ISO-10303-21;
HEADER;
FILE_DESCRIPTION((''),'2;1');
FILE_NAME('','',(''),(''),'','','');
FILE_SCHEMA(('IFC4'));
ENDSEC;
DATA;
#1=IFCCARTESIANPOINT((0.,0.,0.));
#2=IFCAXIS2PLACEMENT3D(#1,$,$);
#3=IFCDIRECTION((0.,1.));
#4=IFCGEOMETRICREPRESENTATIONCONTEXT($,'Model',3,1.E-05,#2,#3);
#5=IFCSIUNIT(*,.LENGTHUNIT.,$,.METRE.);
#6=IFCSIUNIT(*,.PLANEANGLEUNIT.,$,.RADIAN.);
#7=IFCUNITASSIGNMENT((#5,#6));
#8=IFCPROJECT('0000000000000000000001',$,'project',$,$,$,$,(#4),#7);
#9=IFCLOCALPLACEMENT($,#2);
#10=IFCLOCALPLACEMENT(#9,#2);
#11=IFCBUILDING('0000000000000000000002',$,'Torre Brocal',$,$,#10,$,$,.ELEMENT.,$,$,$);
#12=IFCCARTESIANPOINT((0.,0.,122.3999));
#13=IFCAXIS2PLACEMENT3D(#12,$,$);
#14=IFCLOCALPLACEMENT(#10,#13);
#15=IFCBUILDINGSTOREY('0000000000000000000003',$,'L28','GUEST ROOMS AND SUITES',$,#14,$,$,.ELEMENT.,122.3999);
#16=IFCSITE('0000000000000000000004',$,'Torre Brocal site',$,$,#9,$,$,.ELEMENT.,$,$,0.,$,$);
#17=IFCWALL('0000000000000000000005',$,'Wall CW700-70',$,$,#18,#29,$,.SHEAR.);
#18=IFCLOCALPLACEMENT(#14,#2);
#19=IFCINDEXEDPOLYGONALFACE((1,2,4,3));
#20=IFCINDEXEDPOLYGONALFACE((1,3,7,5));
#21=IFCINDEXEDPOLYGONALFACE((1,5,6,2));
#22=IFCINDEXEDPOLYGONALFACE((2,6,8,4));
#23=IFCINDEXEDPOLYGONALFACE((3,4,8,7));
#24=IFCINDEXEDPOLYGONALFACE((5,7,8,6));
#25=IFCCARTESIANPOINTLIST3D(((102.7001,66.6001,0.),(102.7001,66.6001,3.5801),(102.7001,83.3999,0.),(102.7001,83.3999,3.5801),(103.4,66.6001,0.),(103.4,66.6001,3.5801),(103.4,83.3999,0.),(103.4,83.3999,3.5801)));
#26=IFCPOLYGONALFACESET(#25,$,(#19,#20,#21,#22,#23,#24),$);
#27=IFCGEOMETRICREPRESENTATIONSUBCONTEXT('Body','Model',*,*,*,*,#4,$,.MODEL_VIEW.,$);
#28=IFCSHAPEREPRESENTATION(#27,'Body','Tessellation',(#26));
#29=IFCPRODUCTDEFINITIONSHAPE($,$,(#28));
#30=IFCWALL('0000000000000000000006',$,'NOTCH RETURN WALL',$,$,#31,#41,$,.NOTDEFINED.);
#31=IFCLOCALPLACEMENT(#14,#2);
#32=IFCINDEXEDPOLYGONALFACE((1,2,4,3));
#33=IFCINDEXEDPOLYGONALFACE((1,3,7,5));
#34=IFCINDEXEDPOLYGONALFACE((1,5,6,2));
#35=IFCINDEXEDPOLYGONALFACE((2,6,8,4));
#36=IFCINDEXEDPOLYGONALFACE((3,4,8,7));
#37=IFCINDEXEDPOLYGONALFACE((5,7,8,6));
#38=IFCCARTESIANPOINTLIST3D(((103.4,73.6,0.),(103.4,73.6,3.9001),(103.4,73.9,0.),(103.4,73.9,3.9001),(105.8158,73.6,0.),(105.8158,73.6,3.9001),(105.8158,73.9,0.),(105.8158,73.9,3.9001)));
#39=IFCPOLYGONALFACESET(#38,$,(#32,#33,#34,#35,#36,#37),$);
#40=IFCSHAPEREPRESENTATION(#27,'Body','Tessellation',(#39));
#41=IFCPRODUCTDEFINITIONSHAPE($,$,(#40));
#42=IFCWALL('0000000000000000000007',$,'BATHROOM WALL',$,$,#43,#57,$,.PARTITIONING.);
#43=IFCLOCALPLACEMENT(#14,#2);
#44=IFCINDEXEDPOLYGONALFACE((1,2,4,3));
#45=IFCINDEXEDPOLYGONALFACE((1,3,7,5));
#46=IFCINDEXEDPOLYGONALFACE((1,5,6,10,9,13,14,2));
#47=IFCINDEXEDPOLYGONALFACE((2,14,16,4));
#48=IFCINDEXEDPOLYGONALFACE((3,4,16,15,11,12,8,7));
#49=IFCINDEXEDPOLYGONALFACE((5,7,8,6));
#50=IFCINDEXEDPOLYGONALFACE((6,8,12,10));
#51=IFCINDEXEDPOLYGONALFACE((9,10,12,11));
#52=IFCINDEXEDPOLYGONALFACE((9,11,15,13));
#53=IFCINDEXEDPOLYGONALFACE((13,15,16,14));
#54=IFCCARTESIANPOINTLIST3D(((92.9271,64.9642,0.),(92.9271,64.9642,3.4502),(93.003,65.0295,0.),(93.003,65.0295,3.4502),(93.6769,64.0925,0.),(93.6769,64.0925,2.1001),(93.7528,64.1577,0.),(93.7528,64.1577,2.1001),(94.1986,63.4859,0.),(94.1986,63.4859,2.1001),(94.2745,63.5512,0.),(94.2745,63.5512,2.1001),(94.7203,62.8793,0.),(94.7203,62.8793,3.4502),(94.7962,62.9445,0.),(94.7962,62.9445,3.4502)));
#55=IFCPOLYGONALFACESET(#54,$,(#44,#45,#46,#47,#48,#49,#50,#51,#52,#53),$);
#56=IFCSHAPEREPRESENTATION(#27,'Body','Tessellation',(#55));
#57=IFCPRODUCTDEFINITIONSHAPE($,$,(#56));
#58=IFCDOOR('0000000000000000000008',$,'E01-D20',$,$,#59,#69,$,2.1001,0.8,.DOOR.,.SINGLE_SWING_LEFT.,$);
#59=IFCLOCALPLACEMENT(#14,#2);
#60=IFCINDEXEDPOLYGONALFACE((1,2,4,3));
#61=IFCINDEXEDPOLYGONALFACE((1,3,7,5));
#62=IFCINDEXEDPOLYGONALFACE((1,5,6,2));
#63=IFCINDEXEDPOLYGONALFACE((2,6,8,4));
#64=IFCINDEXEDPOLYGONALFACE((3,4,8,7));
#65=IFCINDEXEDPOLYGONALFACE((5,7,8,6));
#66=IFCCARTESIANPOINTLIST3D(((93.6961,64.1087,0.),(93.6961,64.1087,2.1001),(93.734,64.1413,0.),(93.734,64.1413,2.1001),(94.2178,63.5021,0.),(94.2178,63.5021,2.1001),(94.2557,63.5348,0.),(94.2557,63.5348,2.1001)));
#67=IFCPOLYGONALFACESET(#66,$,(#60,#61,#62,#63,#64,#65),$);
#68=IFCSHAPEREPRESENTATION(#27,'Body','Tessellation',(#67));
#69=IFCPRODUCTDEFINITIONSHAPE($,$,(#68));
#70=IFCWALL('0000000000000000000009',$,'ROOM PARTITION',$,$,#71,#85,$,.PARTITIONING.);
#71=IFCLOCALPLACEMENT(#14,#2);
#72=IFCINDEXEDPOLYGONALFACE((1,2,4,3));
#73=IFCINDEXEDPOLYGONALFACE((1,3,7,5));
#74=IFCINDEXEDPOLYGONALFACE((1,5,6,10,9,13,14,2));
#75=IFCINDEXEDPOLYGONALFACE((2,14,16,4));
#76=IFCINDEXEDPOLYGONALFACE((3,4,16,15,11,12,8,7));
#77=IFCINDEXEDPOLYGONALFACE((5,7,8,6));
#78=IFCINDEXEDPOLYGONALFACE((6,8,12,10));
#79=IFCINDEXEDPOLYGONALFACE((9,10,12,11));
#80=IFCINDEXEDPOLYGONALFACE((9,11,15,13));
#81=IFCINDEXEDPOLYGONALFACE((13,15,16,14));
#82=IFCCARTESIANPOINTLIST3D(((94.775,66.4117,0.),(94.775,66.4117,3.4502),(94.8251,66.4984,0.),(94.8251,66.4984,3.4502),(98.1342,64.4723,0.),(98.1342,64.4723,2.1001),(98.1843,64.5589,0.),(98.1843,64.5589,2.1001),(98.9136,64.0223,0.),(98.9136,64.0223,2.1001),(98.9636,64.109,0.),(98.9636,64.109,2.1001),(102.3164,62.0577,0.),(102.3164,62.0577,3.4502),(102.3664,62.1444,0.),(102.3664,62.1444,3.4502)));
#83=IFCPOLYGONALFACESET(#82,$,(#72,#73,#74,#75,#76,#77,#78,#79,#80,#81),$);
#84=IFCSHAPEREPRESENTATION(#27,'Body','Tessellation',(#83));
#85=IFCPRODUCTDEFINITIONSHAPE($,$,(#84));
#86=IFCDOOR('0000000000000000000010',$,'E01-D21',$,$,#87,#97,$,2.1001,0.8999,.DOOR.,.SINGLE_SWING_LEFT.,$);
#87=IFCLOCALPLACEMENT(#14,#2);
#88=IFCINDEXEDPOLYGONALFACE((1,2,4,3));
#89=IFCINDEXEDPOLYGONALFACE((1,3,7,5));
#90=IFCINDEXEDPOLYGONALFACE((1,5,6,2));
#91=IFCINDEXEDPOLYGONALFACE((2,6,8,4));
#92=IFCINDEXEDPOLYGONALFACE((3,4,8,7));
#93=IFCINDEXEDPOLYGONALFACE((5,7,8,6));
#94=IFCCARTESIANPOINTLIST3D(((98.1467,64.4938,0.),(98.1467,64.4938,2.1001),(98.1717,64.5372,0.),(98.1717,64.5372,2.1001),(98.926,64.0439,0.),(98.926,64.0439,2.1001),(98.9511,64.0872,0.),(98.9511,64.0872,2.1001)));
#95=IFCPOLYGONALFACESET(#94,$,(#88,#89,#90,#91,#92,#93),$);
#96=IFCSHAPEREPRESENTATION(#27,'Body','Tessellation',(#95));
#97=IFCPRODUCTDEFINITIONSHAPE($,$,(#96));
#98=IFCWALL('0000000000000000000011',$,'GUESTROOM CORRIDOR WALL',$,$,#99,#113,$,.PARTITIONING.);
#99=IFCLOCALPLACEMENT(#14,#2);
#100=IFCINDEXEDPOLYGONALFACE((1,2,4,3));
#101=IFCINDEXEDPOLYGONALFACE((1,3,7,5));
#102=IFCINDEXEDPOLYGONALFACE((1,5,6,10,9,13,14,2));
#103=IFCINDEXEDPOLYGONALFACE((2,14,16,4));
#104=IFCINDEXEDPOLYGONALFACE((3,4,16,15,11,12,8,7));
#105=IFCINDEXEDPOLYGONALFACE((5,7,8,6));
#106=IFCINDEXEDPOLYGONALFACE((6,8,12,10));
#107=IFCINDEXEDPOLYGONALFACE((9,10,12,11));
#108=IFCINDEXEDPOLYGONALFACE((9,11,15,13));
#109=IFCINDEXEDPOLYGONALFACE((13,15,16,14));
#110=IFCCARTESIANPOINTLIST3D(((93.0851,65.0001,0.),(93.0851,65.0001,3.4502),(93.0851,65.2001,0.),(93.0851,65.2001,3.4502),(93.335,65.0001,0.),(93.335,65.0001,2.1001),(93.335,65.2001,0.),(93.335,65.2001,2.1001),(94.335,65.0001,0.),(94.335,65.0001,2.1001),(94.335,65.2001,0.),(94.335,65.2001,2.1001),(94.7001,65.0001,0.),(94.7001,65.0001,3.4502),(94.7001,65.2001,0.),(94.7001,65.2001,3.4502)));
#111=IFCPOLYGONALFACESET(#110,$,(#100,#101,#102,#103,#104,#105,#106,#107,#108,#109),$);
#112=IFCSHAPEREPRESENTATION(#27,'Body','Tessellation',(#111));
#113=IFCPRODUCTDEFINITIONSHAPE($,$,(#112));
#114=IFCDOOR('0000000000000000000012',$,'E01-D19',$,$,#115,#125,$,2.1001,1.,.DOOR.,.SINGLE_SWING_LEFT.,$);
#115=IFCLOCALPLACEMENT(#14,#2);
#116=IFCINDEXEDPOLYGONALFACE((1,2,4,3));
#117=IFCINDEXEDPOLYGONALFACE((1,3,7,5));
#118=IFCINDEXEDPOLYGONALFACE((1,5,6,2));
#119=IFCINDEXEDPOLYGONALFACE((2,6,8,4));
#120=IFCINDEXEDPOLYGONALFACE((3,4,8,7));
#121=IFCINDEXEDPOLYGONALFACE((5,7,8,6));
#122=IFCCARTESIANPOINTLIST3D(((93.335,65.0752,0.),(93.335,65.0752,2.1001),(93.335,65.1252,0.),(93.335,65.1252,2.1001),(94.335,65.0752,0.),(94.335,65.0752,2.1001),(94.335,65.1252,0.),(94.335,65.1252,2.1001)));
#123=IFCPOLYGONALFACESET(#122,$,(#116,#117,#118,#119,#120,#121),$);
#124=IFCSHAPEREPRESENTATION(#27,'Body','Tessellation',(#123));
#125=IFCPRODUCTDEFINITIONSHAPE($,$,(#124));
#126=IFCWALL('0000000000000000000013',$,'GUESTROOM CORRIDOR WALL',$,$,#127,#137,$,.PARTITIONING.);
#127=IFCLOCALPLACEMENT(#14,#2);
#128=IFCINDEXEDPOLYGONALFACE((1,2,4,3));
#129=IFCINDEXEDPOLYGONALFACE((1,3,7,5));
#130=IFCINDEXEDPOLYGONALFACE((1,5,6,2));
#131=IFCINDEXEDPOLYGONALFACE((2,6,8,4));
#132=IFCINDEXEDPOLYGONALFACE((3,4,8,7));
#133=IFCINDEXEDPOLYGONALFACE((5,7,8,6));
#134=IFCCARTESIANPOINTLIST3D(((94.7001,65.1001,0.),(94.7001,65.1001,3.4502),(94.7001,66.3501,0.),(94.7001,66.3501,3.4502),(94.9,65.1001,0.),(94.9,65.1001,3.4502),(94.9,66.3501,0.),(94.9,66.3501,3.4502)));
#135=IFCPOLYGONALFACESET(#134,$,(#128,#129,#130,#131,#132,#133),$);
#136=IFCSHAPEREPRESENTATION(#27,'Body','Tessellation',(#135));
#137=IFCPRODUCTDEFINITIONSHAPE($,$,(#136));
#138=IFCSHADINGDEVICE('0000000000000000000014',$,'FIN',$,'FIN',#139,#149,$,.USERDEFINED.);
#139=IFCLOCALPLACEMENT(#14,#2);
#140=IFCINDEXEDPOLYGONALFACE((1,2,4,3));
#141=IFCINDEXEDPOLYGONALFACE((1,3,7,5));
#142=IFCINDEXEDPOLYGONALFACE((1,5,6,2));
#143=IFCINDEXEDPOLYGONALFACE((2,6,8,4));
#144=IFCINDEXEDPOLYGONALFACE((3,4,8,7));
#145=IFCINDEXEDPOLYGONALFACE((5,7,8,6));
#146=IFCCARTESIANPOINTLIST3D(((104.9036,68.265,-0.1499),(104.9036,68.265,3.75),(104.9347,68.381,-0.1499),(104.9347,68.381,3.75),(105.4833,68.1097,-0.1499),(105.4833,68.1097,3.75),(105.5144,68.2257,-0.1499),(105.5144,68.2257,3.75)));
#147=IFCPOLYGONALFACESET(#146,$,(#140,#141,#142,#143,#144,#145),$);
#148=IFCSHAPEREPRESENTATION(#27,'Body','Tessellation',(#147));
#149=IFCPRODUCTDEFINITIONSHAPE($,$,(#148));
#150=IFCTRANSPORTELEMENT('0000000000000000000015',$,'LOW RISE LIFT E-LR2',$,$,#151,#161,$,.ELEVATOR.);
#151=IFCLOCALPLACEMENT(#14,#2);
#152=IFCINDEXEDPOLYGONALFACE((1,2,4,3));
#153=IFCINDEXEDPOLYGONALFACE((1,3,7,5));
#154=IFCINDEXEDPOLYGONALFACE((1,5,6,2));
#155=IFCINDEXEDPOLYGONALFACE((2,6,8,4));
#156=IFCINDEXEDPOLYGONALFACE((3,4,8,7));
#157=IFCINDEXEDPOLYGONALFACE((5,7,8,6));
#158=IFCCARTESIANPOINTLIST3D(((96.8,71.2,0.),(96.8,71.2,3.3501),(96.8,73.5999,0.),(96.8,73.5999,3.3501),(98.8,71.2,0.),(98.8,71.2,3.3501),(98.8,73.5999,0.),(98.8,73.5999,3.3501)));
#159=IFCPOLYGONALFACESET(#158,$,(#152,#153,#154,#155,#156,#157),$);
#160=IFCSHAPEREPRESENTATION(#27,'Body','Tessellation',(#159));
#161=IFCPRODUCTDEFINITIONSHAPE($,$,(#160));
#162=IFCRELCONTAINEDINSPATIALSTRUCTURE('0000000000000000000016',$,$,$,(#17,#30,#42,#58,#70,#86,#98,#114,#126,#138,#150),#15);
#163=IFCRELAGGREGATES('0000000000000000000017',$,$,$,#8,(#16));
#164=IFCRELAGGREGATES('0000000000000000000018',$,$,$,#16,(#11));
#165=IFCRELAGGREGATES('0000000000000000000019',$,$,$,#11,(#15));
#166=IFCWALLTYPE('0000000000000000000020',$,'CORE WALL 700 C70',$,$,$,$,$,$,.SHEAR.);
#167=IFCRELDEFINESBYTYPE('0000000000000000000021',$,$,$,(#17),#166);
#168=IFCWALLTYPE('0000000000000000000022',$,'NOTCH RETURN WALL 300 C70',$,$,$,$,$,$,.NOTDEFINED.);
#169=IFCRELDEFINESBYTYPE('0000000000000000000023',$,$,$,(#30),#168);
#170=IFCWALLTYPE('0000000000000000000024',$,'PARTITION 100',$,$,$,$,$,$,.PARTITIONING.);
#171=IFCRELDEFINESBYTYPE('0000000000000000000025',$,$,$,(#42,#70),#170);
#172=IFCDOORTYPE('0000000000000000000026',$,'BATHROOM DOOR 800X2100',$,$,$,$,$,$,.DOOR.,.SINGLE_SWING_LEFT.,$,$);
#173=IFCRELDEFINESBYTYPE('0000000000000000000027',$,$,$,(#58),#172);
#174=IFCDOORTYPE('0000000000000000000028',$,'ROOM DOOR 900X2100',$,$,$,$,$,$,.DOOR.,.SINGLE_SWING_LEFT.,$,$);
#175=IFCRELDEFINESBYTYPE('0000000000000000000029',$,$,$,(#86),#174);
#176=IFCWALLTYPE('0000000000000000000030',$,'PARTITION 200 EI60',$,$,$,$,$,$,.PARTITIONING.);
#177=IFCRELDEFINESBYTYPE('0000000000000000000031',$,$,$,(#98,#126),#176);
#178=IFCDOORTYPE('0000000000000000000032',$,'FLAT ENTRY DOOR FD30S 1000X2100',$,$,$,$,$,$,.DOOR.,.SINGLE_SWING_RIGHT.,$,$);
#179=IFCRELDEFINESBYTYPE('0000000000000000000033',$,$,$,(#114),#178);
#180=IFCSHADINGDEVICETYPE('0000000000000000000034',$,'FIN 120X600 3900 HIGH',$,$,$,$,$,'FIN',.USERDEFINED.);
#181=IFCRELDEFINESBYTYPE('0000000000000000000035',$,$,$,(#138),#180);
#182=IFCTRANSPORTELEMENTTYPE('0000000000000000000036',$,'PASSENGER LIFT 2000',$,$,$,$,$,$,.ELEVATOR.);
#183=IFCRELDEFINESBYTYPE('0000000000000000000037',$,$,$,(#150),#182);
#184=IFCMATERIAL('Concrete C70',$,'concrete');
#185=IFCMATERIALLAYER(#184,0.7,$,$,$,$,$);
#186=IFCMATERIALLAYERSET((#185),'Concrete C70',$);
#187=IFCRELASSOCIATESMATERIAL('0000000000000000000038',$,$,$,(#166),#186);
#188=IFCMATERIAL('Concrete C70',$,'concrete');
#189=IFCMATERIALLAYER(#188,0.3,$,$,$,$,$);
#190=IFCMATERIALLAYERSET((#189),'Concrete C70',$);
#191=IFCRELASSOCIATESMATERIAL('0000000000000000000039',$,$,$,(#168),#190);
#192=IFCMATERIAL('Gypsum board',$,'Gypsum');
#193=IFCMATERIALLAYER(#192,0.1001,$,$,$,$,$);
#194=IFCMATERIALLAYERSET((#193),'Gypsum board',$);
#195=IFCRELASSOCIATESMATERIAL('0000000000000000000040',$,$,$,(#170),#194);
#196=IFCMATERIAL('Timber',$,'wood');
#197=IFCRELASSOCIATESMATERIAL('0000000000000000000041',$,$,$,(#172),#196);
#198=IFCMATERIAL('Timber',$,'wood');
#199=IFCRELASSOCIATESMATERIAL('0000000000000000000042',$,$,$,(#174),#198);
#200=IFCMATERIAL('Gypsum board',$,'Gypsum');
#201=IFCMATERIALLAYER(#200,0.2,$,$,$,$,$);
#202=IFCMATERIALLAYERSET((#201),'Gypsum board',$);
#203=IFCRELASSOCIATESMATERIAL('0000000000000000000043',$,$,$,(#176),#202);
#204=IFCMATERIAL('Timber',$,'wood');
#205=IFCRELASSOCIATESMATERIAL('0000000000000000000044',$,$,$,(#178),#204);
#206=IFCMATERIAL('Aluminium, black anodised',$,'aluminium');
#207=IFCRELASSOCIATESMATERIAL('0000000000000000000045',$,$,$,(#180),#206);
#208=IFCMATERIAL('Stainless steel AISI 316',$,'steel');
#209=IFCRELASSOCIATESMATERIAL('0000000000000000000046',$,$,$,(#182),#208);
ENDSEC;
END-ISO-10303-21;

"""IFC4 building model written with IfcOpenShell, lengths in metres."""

from ifc_helpers import new_model, si_unit, direction, frame, frame_2d, origin, origin_2d, place, context, subcontext, project, spatial, rectangle, extrude, material, layer, layer_set, material_profile, profile_set, type_object, element, fill, save


model = new_model("IFC4")

# Units and contexts
model_context = context("Model", 3, precision=1e-05, world=origin(), true_north=direction((0.0, 1.0)))
body_context = subcontext(model_context, "Body", "Model", "MODEL_VIEW")
ifc_project = project(units=[si_unit("LENGTHUNIT", "METRE"), si_unit("PLANEANGLEUNIT", "RADIAN")], contexts=[model_context])

# Site, building, storey
site_placement = place(None, origin())
site = spatial("IfcSite", under=ifc_project, at=site_placement, Name="Torre Brocal site", CompositionType="ELEMENT", RefElevation=0.0)
building_placement = place(site_placement, origin())
building = spatial("IfcBuilding", under=site, at=building_placement, Name="Torre Brocal", CompositionType="ELEMENT")
storey_placement = place(building_placement, frame((0.0, 0.0, 122.3999)))
storey = spatial("IfcBuildingStorey", under=building, at=storey_placement, Name="L28", Description="GUEST ROOMS AND SUITES", CompositionType="ELEMENT", Elevation=122.3999)

# Walls
ifc_material_1 = material(Name="Concrete C70", Category="concrete")
ifc_layer_1 = layer(ifc_material_1, 0.7)
ifc_layer_set_1 = layer_set([ifc_layer_1], Name="Concrete C70")
wall_type_1 = type_object("IfcWallType", Name="CORE WALL 700 C70", PredefinedType="SHEAR", material=ifc_layer_set_1)
wall_1_placement = place(storey_placement, frame((103.05, 66.6001, 0.0), z_axis=(0.0, 0.0, 1.0), x_axis=(0.0, 1.0, 0.0)))
element("IfcWall", 1, at=wall_1_placement, inside=storey, type_object=wall_type_1, Name="Wall CW700-70", PredefinedType="SHEAR", context=body_context, shape_type="SweptSolid", body=[
    extrude(rectangle(XDim=16.7998, YDim=0.7, at=frame_2d((8.3999, 0.0))), origin(), (0.0, 0.0, 1.0), 3.5801),
])
ifc_material_2 = material(Name="Concrete C70", Category="concrete")
ifc_layer_2 = layer(ifc_material_2, 0.3)
ifc_layer_set_2 = layer_set([ifc_layer_2], Name="Concrete C70")
wall_type_2 = type_object("IfcWallType", Name="NOTCH RETURN WALL 300 C70", PredefinedType="NOTDEFINED", material=ifc_layer_set_2)
wall_2_placement = place(storey_placement, frame((103.3999, 73.75, 0.0), z_axis=(0.0, 0.0, 1.0), x_axis=(1.0, 0.0, 0.0)))
element("IfcWall", 2, at=wall_2_placement, inside=storey, type_object=wall_type_2, Name="NOTCH RETURN WALL", PredefinedType="NOTDEFINED", context=body_context, shape_type="SweptSolid", body=[
    extrude(rectangle(XDim=2.4158, YDim=0.3, at=frame_2d((1.208, 0.0))), origin(), (0.0, 0.0, 1.0), 3.9001),
])

# Walls, openings, doors
ifc_material_3 = material(Name="Gypsum board", Category="Gypsum")
ifc_layer_3 = layer(ifc_material_3, 0.1001)
ifc_layer_set_3 = layer_set([ifc_layer_3], Name="Gypsum board")
wall_type_3 = type_object("IfcWallType", Name="PARTITION 100", PredefinedType="PARTITIONING", material=ifc_layer_set_3)
wall_3_placement = place(storey_placement, frame((92.9651, 64.9968, 0.0), z_axis=(0.0, 0.0, 1.0), x_axis=(0.65207, -0.758159, 0.0)))
wall_3 = element("IfcWall", 3, at=wall_3_placement, inside=storey, type_object=wall_type_3, Name="BATHROOM WALL", PredefinedType="PARTITIONING", context=body_context, shape_type="SweptSolid", body=[
    extrude(rectangle(XDim=2.75, YDim=0.1001, at=frame_2d((1.375, 0.0))), origin(), (0.0, 0.0, 1.0), 3.4502),
])
opening_1_placement = place(wall_3_placement, frame((1.1499, 0.0, 0.0)))
opening_1 = element("IfcOpeningElement", 4, at=opening_1_placement, cuts=wall_3, PredefinedType="OPENING", context=body_context, shape_type="SweptSolid", body=[
    extrude(rectangle(XDim=0.8, YDim=2.1001, at=frame_2d((0.3999, 1.05))), frame((0.0, 0.0601, 0.0), z_axis=(0.0, -1.0, 0.0), x_axis=(1.0, 0.0, 0.0)), (0.0, 0.0, 1.0), 0.1201),
])
ifc_material_4 = material(Name="Timber", Category="wood")
door_type_1 = type_object("IfcDoorType", Name="BATHROOM DOOR 800X2100", OperationType="SINGLE_SWING_LEFT", PredefinedType="DOOR", material=ifc_material_4)
door_1_placement = place(opening_1_placement, frame((0.8, 0.0, 0.0), z_axis=(0.0, 0.0, 1.0), x_axis=(-1.0, 0.0, 0.0)))
door_1 = element("IfcDoor", 5, at=door_1_placement, inside=storey, type_object=door_type_1, Name="E01-D20", OperationType="SINGLE_SWING_LEFT", OverallHeight=2.1001, OverallWidth=0.8, PredefinedType="DOOR", context=body_context, shape_type="SweptSolid", body=[
    extrude(rectangle(XDim=0.8, YDim=2.1001, at=frame_2d((0.3999, 1.05))), frame((0.0, 0.0249, 0.0), z_axis=(0.0, -1.0, 0.0), x_axis=(1.0, 0.0, 0.0)), (0.0, 0.0, 1.0), 0.05),
])
fill(opening_1, door_1)
wall_4_placement = place(storey_placement, frame((94.8, 66.4551, 0.0), z_axis=(0.0, 0.0, 1.0), x_axis=(0.866023, -0.500005, 0.0)))
wall_4 = element("IfcWall", 6, at=wall_4_placement, inside=storey, type_object=wall_type_3, Name="ROOM PARTITION", PredefinedType="PARTITIONING", context=body_context, shape_type="SweptSolid", body=[
    extrude(rectangle(XDim=8.708, YDim=0.1001, at=frame_2d((4.354, 0.0))), origin(), (0.0, 0.0, 1.0), 3.4502),
])
opening_2_placement = place(wall_4_placement, frame((3.8789, 0.0, 0.0)))
opening_2 = element("IfcOpeningElement", 7, at=opening_2_placement, cuts=wall_4, PredefinedType="OPENING", context=body_context, shape_type="SweptSolid", body=[
    extrude(rectangle(XDim=0.8999, YDim=2.1001, at=frame_2d((0.45, 1.05))), frame((0.0, 0.0601, 0.0), z_axis=(0.0, -1.0, 0.0), x_axis=(1.0, 0.0, 0.0)), (0.0, 0.0, 1.0), 0.1201),
])
ifc_material_5 = material(Name="Timber", Category="wood")
door_type_2 = type_object("IfcDoorType", Name="ROOM DOOR 900X2100", OperationType="SINGLE_SWING_LEFT", PredefinedType="DOOR", material=ifc_material_5)
door_2_placement = place(opening_2_placement, origin())
door_2 = element("IfcDoor", 8, at=door_2_placement, inside=storey, type_object=door_type_2, Name="E01-D21", OperationType="SINGLE_SWING_LEFT", OverallHeight=2.1001, OverallWidth=0.8999, PredefinedType="DOOR", context=body_context, shape_type="SweptSolid", body=[
    extrude(rectangle(XDim=0.8999, YDim=2.1001, at=frame_2d((0.45, 1.05))), frame((0.0, 0.0249, 0.0), z_axis=(0.0, -1.0, 0.0), x_axis=(1.0, 0.0, 0.0)), (0.0, 0.0, 1.0), 0.05),
])
fill(opening_2, door_2)
ifc_material_6 = material(Name="Gypsum board", Category="Gypsum")
ifc_layer_4 = layer(ifc_material_6, 0.2)
ifc_layer_set_4 = layer_set([ifc_layer_4], Name="Gypsum board")
wall_type_4 = type_object("IfcWallType", Name="PARTITION 200 EI60", PredefinedType="PARTITIONING", material=ifc_layer_set_4)
wall_5_placement = place(storey_placement, frame((93.085, 65.1001, 0.0), z_axis=(0.0, 0.0, 1.0), x_axis=(1.0, 0.0, 0.0)))
wall_5 = element("IfcWall", 9, at=wall_5_placement, inside=storey, type_object=wall_type_4, Name="GUESTROOM CORRIDOR WALL", PredefinedType="PARTITIONING", context=body_context, shape_type="SweptSolid", body=[
    extrude(rectangle(XDim=1.615, YDim=0.2, at=frame_2d((0.8076, 0.0))), origin(), (0.0, 0.0, 1.0), 3.4502),
])
opening_3_placement = place(wall_5_placement, frame((0.25, 0.0, 0.0)))
opening_3 = element("IfcOpeningElement", 10, at=opening_3_placement, cuts=wall_5, PredefinedType="OPENING", context=body_context, shape_type="SweptSolid", body=[
    extrude(rectangle(XDim=1.0, YDim=2.1001, at=frame_2d((0.5, 1.05))), frame((0.0, 0.1099, 0.0), z_axis=(0.0, -1.0, 0.0), x_axis=(1.0, 0.0, 0.0)), (0.0, 0.0, 1.0), 0.22),
])
ifc_material_7 = material(Name="Timber", Category="wood")
door_type_3 = type_object("IfcDoorType", Name="FLAT ENTRY DOOR FD30S 1000X2100", OperationType="SINGLE_SWING_RIGHT", PredefinedType="DOOR", material=ifc_material_7)
door_3_placement = place(opening_3_placement, frame((1.0, 0.0, 0.0), z_axis=(0.0, 0.0, 1.0), x_axis=(-1.0, 0.0, 0.0)))
door_3 = element("IfcDoor", 11, at=door_3_placement, inside=storey, type_object=door_type_3, Name="E01-D19", OperationType="SINGLE_SWING_LEFT", OverallHeight=2.1001, OverallWidth=1.0, PredefinedType="DOOR", context=body_context, shape_type="SweptSolid", body=[
    extrude(rectangle(XDim=1.0, YDim=2.1001, at=frame_2d((0.5, 1.05))), frame((0.0, 0.0249, 0.0), z_axis=(0.0, -1.0, 0.0), x_axis=(1.0, 0.0, 0.0)), (0.0, 0.0, 1.0), 0.05),
])
fill(opening_3, door_3)

# Wall
wall_6_placement = place(storey_placement, frame((94.8, 65.1001, 0.0), z_axis=(0.0, 0.0, 1.0), x_axis=(0.0, 1.0, 0.0)))
element("IfcWall", 12, at=wall_6_placement, inside=storey, type_object=wall_type_4, Name="GUESTROOM CORRIDOR WALL", PredefinedType="PARTITIONING", context=body_context, shape_type="SweptSolid", body=[
    extrude(rectangle(XDim=1.25, YDim=0.2, at=frame_2d((0.625, 0.0))), origin(), (0.0, 0.0, 1.0), 3.4502),
])

# Shading device
ifc_material_8 = material(Name="Aluminium, black anodised", Category="aluminium")
ifc_material_profile_1 = material_profile(ifc_material_8, rectangle(XDim=0.1201, YDim=0.6001, at=origin_2d()), Name="FIN 120X600 3900 HIGH")
ifc_profile_set_1 = profile_set([ifc_material_profile_1], Name="Aluminium, black anodised")
shading_device_type = type_object("IfcShadingDeviceType", Name="FIN 120X600 3900 HIGH", ElementType="FIN", PredefinedType="USERDEFINED", material=ifc_profile_set_1)
shading_device_placement = place(storey_placement, frame((105.209, 68.2454, -0.1499), z_axis=(0.0, 0.0, 1.0), x_axis=(0.258819, 0.965926, 0.0)))
element("IfcShadingDevice", 13, at=shading_device_placement, inside=storey, type_object=shading_device_type, Name="FIN", ObjectType="FIN", PredefinedType="USERDEFINED", context=body_context, shape_type="SweptSolid", body=[
    extrude(rectangle(XDim=0.1201, YDim=0.6001, at=origin_2d()), origin(), (0.0, 0.0, 1.0), 3.8999),
])

# Transport element
ifc_material_9 = material(Name="Stainless steel AISI 316", Category="steel")
transport_element_type_1 = type_object("IfcTransportElementType", Name="PASSENGER LIFT 2000", PredefinedType="ELEVATOR", material=ifc_material_9)
transport_element_1_placement = place(storey_placement, frame((97.8, 72.3999, 0.0), z_axis=(0.0, 0.0, 1.0), x_axis=(1.0, 0.0, 0.0)))
element("IfcTransportElement", 14, at=transport_element_1_placement, inside=storey, type_object=transport_element_type_1, Name="LOW RISE LIFT E-LR2", PredefinedType="ELEVATOR", context=body_context, shape_type="SweptSolid", body=[
    extrude(rectangle(XDim=2.0, YDim=2.3999, at=origin_2d()), origin(), (0.0, 0.0, 1.0), 3.3501),
])

save(model, "model.ifc")
